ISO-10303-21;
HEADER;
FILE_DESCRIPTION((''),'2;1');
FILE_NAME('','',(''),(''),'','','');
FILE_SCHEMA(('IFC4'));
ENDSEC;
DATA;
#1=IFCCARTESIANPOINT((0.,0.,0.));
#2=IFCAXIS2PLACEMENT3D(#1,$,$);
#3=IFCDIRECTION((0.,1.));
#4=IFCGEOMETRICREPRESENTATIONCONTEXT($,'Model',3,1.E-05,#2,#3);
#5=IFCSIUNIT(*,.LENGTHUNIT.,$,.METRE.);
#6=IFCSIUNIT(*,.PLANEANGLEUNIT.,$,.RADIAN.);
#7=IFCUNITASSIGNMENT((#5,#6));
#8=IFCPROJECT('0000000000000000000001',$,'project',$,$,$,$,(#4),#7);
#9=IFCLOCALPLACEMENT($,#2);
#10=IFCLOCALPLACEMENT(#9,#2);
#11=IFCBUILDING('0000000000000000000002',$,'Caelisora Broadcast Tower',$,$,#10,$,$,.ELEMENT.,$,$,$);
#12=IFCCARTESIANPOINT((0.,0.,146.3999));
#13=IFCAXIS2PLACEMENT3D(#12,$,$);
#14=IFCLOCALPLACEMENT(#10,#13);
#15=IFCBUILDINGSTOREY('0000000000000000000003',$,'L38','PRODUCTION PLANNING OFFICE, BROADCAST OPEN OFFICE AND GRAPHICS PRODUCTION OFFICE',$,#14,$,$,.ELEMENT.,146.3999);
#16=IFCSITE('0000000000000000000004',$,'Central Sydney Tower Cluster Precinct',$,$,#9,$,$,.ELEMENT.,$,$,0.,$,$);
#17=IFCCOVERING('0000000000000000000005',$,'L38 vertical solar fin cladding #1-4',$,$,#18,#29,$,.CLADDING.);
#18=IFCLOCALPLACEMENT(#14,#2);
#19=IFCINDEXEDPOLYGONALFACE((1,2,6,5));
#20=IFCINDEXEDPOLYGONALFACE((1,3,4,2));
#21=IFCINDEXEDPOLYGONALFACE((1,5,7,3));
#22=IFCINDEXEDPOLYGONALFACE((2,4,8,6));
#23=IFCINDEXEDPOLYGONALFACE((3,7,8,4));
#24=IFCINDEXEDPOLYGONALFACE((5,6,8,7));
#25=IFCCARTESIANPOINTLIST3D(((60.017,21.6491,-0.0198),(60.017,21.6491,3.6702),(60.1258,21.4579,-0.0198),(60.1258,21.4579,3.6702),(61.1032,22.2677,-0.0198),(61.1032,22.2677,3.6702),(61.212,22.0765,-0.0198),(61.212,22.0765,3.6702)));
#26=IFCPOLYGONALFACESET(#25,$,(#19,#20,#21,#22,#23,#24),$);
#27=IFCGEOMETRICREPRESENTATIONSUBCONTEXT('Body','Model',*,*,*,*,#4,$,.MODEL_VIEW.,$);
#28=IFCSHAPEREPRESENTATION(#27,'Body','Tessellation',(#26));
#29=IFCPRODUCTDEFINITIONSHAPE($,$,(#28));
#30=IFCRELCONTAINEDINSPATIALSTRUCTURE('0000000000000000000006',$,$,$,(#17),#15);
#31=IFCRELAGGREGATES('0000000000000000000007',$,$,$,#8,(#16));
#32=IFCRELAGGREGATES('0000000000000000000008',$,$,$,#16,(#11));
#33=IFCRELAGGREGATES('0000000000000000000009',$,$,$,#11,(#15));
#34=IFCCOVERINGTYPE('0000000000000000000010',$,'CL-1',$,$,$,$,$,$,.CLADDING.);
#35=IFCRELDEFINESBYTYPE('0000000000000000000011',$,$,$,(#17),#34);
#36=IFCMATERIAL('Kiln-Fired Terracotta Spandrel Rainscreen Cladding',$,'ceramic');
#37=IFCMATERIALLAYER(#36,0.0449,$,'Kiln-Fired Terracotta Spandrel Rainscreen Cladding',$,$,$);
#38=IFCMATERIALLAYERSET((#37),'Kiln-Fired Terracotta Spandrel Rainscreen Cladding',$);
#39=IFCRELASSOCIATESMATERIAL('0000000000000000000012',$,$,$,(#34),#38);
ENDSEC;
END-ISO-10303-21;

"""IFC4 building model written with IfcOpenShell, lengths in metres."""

from ifc_helpers import new_model, si_unit, direction, frame, origin, origin_2d, place, context, subcontext, project, spatial, rectangle, extrude, source, transform, mapped, material, layer, layer_set, type_object, type_shapes, element, save


model = new_model("IFC4")

# Units and contexts
model_context = context("Model", 3, precision=1e-05, world=origin(), true_north=direction((0.0, 1.0)))
body_context = subcontext(model_context, "Body", "Model", "MODEL_VIEW")
ifc_project = project(units=[si_unit("LENGTHUNIT", "METRE"), si_unit("PLANEANGLEUNIT", "RADIAN")], contexts=[model_context])

# Site, building, storey
site_placement = place(None, origin())
site = spatial("IfcSite", under=ifc_project, at=site_placement, Name="Central Sydney Tower Cluster Precinct", CompositionType="ELEMENT", RefElevation=0.0)
building_placement = place(site_placement, origin())
building = spatial("IfcBuilding", under=site, at=building_placement, Name="Caelisora Broadcast Tower", CompositionType="ELEMENT")
storey_placement = place(building_placement, frame((0.0, 0.0, 146.3999)))
storey = spatial("IfcBuildingStorey", under=building, at=storey_placement, Name="L38", Description="PRODUCTION PLANNING OFFICE, BROADCAST OPEN OFFICE AND GRAPHICS PRODUCTION OFFICE", CompositionType="ELEMENT", Elevation=146.3999)

# Covering
ifc_material_1 = material(Name="Kiln-Fired Terracotta Spandrel Rainscreen Cladding", Category="ceramic")
ifc_layer_1 = layer(ifc_material_1, 0.0449, Name="Kiln-Fired Terracotta Spandrel Rainscreen Cladding")
ifc_layer_set_1 = layer_set([ifc_layer_1], Name="Kiln-Fired Terracotta Spandrel Rainscreen Cladding")
covering_type = type_object("IfcCoveringType", Name="CL-1", PredefinedType="CLADDING", material=ifc_layer_set_1)
shared_shape_1 = source(origin(), body_context, "Body", "SweptSolid", [
    extrude(rectangle(XDim=0.22, YDim=1.25, at=origin_2d()), origin(), (0.0, 0.0, 1.0), 3.6899),
])
type_shapes(covering_type, [shared_shape_1])
covering_placement = place(storey_placement, frame((60.6145, 21.8628, -0.0198), z_axis=(0.0, 0.0, 1.0), x_axis=(0.494852, -0.868977, 0.0)))
element("IfcCovering", 1, at=covering_placement, inside=storey, type_object=covering_type, Name="L38 vertical solar fin cladding #1-4", PredefinedType="CLADDING", context=body_context, shape_type="MappedRepresentation", body=[
    mapped(shared_shape_1, transform((0.0, 0.0, 0.0), scale=1.0)),
])

save(model, "model.ifc")
